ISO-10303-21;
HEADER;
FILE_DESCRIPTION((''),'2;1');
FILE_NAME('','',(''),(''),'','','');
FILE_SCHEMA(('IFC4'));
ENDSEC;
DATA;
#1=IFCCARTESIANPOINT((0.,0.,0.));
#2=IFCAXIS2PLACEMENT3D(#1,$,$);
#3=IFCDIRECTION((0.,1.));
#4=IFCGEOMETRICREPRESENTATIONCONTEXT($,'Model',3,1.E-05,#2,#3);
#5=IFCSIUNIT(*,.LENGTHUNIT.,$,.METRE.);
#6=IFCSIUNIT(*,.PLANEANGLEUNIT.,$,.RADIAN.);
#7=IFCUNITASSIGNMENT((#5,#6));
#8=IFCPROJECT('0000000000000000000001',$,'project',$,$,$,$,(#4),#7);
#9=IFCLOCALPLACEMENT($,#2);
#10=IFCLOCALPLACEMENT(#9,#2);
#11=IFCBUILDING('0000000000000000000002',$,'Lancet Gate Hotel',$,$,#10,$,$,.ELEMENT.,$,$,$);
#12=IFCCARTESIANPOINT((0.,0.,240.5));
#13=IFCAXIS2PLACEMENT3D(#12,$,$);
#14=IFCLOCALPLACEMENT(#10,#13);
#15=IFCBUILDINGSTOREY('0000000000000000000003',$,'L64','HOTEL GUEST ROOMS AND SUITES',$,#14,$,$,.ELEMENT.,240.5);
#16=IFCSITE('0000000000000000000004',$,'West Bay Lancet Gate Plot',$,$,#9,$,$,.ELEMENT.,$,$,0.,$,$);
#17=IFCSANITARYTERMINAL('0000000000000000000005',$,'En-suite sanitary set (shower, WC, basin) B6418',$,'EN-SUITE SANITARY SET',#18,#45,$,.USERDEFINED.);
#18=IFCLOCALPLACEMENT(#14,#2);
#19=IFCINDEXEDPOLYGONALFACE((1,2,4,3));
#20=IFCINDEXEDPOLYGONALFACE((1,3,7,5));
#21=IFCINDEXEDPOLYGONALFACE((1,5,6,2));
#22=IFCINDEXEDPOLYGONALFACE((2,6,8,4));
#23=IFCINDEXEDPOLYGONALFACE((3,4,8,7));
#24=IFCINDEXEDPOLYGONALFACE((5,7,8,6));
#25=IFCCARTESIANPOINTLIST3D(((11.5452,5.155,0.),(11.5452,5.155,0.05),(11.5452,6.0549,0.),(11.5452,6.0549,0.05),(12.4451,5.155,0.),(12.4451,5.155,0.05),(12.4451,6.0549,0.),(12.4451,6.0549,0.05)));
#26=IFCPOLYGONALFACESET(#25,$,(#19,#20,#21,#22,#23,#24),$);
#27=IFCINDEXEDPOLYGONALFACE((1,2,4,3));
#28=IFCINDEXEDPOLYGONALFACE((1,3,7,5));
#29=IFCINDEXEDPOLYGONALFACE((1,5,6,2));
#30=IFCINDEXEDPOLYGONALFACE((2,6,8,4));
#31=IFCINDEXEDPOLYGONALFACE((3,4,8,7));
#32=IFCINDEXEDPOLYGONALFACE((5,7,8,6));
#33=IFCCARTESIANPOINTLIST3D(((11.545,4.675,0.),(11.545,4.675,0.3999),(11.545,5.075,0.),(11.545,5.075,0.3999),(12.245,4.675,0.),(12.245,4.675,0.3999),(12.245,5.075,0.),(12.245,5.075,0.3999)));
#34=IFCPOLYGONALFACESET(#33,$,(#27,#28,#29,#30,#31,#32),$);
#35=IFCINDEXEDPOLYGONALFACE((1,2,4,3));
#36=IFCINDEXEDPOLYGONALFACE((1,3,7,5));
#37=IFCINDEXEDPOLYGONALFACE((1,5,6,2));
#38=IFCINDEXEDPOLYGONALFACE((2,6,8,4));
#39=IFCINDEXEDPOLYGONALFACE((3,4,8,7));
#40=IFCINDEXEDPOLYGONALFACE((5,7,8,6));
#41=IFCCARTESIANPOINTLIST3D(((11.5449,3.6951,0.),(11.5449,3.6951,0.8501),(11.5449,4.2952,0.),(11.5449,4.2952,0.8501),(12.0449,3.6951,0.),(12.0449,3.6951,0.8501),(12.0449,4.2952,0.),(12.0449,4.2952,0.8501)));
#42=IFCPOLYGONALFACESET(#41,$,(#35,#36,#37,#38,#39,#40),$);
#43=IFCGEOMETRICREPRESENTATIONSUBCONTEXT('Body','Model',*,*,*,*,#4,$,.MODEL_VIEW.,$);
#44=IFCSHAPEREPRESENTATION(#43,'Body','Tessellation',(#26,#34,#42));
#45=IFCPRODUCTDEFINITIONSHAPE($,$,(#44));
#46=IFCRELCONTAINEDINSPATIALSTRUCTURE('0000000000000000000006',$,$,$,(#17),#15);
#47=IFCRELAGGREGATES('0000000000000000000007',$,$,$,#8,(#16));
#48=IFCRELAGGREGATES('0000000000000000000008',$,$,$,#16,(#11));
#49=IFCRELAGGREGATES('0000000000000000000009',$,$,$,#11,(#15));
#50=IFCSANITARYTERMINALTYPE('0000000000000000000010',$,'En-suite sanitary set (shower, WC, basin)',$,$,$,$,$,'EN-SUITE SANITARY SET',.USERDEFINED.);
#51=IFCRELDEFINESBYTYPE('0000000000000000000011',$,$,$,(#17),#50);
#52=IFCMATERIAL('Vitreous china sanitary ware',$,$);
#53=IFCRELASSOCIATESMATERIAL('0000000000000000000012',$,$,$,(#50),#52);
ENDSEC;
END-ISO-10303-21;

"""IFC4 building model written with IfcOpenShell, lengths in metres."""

from ifc_helpers import new_model, si_unit, direction, frame, origin, origin_2d, place, context, subcontext, project, spatial, rectangle, extrude, material, type_object, element, save


model = new_model("IFC4")

# Units and contexts
model_context = context("Model", 3, precision=1e-05, world=origin(), true_north=direction((0.0, 1.0)))
body_context = subcontext(model_context, "Body", "Model", "MODEL_VIEW")
ifc_project = project(units=[si_unit("LENGTHUNIT", "METRE"), si_unit("PLANEANGLEUNIT", "RADIAN")], contexts=[model_context])

# Site, building, storey
site_placement = place(None, origin())
site = spatial("IfcSite", under=ifc_project, at=site_placement, Name="West Bay Lancet Gate Plot", CompositionType="ELEMENT", RefElevation=0.0)
building_placement = place(site_placement, origin())
building = spatial("IfcBuilding", under=site, at=building_placement, Name="Lancet Gate Hotel", CompositionType="ELEMENT")
storey_placement = place(building_placement, frame((0.0, 0.0, 240.5)))
storey = spatial("IfcBuildingStorey", under=building, at=storey_placement, Name="L64", Description="HOTEL GUEST ROOMS AND SUITES", CompositionType="ELEMENT", Elevation=240.5)

# Sanitary terminal
ifc_material_1 = material(Name="Vitreous china sanitary ware")
sanitary_terminal_type = type_object("IfcSanitaryTerminalType", Name="En-suite sanitary set (shower, WC, basin)", ElementType="EN-SUITE SANITARY SET", PredefinedType="USERDEFINED", material=ifc_material_1)
sanitary_terminal_placement = place(storey_placement, frame((11.9951, 5.605, 0.0), z_axis=(0.0, 0.0, 1.0), x_axis=(1.0, 0.0, 0.0)))
element("IfcSanitaryTerminal", 1, at=sanitary_terminal_placement, inside=storey, type_object=sanitary_terminal_type, Name="En-suite sanitary set (shower, WC, basin) B6418", ObjectType="EN-SUITE SANITARY SET", PredefinedType="USERDEFINED", context=body_context, shape_type="SweptSolid", body=[
    extrude(rectangle(XDim=0.8999, YDim=0.8999, at=origin_2d()), frame((0.0, 0.0, 0.0), z_axis=(0.0, 0.0, 1.0), x_axis=(0.0, 1.0, 0.0)), (0.0, 0.0, 1.0), 0.05),
    extrude(rectangle(XDim=0.3999, YDim=0.7, at=origin_2d()), frame((-0.1001, -0.73, 0.0), z_axis=(0.0, 0.0, 1.0), x_axis=(0.0, 1.0, 0.0)), (0.0, 0.0, 1.0), 0.3999),
    extrude(rectangle(XDim=0.6001, YDim=0.5, at=origin_2d()), frame((-0.2002, -1.6099, 0.0), z_axis=(0.0, 0.0, 1.0), x_axis=(0.0, 1.0, 0.0)), (0.0, 0.0, 1.0), 0.8501),
])

save(model, "model.ifc")
